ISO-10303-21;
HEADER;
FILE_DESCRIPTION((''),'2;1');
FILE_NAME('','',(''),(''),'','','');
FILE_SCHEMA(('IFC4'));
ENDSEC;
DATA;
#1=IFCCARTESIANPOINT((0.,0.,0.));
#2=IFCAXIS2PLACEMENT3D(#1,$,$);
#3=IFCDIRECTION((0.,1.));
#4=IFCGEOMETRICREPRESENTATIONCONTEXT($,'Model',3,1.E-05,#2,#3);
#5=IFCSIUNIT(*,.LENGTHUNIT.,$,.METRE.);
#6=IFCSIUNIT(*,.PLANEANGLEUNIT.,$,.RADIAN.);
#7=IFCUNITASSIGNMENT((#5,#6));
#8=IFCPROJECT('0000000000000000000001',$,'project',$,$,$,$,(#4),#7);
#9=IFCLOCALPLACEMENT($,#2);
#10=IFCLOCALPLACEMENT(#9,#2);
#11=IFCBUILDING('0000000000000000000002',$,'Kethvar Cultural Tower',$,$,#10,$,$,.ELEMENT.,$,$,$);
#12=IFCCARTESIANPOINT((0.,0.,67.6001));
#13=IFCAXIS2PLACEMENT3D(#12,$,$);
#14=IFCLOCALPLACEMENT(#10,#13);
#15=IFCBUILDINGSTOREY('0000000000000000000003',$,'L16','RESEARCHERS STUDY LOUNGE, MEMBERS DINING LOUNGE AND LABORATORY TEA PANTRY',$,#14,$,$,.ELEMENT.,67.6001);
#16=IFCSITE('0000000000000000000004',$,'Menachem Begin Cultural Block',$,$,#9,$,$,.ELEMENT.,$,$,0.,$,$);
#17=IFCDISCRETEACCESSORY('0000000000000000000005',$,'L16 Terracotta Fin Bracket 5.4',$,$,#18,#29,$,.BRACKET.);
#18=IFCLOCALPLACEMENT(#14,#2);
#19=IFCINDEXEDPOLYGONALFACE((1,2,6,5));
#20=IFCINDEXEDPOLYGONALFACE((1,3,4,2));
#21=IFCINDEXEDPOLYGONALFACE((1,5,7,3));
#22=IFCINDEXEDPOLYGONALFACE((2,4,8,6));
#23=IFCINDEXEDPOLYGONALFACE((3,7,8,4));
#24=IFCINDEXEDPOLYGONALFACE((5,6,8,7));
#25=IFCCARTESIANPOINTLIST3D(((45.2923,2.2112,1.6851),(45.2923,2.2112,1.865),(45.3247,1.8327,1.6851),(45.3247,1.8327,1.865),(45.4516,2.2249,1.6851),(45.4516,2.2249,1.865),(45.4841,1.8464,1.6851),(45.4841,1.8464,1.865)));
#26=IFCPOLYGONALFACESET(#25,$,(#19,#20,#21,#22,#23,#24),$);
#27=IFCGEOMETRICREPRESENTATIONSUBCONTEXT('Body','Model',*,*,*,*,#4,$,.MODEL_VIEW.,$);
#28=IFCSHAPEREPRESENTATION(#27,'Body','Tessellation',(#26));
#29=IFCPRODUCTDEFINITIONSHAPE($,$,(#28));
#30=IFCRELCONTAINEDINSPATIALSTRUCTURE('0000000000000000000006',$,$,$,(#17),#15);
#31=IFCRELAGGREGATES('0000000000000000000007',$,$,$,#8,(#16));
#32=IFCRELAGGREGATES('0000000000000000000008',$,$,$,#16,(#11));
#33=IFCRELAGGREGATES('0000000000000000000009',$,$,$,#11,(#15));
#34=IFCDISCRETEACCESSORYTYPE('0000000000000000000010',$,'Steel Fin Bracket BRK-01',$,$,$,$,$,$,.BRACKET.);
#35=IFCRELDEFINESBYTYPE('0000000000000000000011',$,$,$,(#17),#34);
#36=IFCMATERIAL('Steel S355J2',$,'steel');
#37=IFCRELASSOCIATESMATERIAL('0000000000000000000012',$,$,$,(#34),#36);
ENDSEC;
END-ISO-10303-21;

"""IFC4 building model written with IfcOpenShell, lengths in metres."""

from ifc_helpers import new_model, si_unit, direction, frame, origin, origin_2d, place, context, subcontext, project, spatial, rectangle, extrude, source, transform, mapped, material, type_object, element, save


model = new_model("IFC4")

# Units and contexts
model_context = context("Model", 3, precision=1e-05, world=origin(), true_north=direction((0.0, 1.0)))
body_context = subcontext(model_context, "Body", "Model", "MODEL_VIEW")
ifc_project = project(units=[si_unit("LENGTHUNIT", "METRE"), si_unit("PLANEANGLEUNIT", "RADIAN")], contexts=[model_context])

# Site, building, storey
site_placement = place(None, origin())
site = spatial("IfcSite", under=ifc_project, at=site_placement, Name="Menachem Begin Cultural Block", CompositionType="ELEMENT", RefElevation=0.0)
building_placement = place(site_placement, origin())
building = spatial("IfcBuilding", under=site, at=building_placement, Name="Kethvar Cultural Tower", CompositionType="ELEMENT")
storey_placement = place(building_placement, frame((0.0, 0.0, 67.6001)))
storey = spatial("IfcBuildingStorey", under=building, at=storey_placement, Name="L16", Description="RESEARCHERS STUDY LOUNGE, MEMBERS DINING LOUNGE AND LABORATORY TEA PANTRY", CompositionType="ELEMENT", Elevation=67.6001)

# Shared definitions
ifc_material_1 = material(Name="Steel S355J2", Category="steel")

# Discrete accessory
discrete_accessory_type = type_object("IfcDiscreteAccessoryType", Name="Steel Fin Bracket BRK-01", PredefinedType="BRACKET", material=ifc_material_1)
shared_shape_1 = source(origin(), body_context, "Body", "SweptSolid", [
    extrude(rectangle(XDim=0.3799, YDim=0.1599, at=origin_2d()), origin(), (0.0, 0.0, 1.0), 0.1799),
])
for number, where, z_axis, x_axis, name in (
    (1, (45.3882, 2.0288, 1.6851), (0.0, 0.0, 1.0), (0.085417, -0.996345, 0.0), "L16 Terracotta Fin Bracket 5.4"),
):
    element("IfcDiscreteAccessory", number, at=place(storey_placement, frame(where, z_axis=z_axis, x_axis=x_axis)), inside=storey, type_object=discrete_accessory_type, Name=name, PredefinedType="BRACKET", context=body_context, shape_type="MappedRepresentation", body=[
        mapped(shared_shape_1, transform((0.0, 0.0, 0.0), scale=1.0)),
    ])

save(model, "model.ifc")
